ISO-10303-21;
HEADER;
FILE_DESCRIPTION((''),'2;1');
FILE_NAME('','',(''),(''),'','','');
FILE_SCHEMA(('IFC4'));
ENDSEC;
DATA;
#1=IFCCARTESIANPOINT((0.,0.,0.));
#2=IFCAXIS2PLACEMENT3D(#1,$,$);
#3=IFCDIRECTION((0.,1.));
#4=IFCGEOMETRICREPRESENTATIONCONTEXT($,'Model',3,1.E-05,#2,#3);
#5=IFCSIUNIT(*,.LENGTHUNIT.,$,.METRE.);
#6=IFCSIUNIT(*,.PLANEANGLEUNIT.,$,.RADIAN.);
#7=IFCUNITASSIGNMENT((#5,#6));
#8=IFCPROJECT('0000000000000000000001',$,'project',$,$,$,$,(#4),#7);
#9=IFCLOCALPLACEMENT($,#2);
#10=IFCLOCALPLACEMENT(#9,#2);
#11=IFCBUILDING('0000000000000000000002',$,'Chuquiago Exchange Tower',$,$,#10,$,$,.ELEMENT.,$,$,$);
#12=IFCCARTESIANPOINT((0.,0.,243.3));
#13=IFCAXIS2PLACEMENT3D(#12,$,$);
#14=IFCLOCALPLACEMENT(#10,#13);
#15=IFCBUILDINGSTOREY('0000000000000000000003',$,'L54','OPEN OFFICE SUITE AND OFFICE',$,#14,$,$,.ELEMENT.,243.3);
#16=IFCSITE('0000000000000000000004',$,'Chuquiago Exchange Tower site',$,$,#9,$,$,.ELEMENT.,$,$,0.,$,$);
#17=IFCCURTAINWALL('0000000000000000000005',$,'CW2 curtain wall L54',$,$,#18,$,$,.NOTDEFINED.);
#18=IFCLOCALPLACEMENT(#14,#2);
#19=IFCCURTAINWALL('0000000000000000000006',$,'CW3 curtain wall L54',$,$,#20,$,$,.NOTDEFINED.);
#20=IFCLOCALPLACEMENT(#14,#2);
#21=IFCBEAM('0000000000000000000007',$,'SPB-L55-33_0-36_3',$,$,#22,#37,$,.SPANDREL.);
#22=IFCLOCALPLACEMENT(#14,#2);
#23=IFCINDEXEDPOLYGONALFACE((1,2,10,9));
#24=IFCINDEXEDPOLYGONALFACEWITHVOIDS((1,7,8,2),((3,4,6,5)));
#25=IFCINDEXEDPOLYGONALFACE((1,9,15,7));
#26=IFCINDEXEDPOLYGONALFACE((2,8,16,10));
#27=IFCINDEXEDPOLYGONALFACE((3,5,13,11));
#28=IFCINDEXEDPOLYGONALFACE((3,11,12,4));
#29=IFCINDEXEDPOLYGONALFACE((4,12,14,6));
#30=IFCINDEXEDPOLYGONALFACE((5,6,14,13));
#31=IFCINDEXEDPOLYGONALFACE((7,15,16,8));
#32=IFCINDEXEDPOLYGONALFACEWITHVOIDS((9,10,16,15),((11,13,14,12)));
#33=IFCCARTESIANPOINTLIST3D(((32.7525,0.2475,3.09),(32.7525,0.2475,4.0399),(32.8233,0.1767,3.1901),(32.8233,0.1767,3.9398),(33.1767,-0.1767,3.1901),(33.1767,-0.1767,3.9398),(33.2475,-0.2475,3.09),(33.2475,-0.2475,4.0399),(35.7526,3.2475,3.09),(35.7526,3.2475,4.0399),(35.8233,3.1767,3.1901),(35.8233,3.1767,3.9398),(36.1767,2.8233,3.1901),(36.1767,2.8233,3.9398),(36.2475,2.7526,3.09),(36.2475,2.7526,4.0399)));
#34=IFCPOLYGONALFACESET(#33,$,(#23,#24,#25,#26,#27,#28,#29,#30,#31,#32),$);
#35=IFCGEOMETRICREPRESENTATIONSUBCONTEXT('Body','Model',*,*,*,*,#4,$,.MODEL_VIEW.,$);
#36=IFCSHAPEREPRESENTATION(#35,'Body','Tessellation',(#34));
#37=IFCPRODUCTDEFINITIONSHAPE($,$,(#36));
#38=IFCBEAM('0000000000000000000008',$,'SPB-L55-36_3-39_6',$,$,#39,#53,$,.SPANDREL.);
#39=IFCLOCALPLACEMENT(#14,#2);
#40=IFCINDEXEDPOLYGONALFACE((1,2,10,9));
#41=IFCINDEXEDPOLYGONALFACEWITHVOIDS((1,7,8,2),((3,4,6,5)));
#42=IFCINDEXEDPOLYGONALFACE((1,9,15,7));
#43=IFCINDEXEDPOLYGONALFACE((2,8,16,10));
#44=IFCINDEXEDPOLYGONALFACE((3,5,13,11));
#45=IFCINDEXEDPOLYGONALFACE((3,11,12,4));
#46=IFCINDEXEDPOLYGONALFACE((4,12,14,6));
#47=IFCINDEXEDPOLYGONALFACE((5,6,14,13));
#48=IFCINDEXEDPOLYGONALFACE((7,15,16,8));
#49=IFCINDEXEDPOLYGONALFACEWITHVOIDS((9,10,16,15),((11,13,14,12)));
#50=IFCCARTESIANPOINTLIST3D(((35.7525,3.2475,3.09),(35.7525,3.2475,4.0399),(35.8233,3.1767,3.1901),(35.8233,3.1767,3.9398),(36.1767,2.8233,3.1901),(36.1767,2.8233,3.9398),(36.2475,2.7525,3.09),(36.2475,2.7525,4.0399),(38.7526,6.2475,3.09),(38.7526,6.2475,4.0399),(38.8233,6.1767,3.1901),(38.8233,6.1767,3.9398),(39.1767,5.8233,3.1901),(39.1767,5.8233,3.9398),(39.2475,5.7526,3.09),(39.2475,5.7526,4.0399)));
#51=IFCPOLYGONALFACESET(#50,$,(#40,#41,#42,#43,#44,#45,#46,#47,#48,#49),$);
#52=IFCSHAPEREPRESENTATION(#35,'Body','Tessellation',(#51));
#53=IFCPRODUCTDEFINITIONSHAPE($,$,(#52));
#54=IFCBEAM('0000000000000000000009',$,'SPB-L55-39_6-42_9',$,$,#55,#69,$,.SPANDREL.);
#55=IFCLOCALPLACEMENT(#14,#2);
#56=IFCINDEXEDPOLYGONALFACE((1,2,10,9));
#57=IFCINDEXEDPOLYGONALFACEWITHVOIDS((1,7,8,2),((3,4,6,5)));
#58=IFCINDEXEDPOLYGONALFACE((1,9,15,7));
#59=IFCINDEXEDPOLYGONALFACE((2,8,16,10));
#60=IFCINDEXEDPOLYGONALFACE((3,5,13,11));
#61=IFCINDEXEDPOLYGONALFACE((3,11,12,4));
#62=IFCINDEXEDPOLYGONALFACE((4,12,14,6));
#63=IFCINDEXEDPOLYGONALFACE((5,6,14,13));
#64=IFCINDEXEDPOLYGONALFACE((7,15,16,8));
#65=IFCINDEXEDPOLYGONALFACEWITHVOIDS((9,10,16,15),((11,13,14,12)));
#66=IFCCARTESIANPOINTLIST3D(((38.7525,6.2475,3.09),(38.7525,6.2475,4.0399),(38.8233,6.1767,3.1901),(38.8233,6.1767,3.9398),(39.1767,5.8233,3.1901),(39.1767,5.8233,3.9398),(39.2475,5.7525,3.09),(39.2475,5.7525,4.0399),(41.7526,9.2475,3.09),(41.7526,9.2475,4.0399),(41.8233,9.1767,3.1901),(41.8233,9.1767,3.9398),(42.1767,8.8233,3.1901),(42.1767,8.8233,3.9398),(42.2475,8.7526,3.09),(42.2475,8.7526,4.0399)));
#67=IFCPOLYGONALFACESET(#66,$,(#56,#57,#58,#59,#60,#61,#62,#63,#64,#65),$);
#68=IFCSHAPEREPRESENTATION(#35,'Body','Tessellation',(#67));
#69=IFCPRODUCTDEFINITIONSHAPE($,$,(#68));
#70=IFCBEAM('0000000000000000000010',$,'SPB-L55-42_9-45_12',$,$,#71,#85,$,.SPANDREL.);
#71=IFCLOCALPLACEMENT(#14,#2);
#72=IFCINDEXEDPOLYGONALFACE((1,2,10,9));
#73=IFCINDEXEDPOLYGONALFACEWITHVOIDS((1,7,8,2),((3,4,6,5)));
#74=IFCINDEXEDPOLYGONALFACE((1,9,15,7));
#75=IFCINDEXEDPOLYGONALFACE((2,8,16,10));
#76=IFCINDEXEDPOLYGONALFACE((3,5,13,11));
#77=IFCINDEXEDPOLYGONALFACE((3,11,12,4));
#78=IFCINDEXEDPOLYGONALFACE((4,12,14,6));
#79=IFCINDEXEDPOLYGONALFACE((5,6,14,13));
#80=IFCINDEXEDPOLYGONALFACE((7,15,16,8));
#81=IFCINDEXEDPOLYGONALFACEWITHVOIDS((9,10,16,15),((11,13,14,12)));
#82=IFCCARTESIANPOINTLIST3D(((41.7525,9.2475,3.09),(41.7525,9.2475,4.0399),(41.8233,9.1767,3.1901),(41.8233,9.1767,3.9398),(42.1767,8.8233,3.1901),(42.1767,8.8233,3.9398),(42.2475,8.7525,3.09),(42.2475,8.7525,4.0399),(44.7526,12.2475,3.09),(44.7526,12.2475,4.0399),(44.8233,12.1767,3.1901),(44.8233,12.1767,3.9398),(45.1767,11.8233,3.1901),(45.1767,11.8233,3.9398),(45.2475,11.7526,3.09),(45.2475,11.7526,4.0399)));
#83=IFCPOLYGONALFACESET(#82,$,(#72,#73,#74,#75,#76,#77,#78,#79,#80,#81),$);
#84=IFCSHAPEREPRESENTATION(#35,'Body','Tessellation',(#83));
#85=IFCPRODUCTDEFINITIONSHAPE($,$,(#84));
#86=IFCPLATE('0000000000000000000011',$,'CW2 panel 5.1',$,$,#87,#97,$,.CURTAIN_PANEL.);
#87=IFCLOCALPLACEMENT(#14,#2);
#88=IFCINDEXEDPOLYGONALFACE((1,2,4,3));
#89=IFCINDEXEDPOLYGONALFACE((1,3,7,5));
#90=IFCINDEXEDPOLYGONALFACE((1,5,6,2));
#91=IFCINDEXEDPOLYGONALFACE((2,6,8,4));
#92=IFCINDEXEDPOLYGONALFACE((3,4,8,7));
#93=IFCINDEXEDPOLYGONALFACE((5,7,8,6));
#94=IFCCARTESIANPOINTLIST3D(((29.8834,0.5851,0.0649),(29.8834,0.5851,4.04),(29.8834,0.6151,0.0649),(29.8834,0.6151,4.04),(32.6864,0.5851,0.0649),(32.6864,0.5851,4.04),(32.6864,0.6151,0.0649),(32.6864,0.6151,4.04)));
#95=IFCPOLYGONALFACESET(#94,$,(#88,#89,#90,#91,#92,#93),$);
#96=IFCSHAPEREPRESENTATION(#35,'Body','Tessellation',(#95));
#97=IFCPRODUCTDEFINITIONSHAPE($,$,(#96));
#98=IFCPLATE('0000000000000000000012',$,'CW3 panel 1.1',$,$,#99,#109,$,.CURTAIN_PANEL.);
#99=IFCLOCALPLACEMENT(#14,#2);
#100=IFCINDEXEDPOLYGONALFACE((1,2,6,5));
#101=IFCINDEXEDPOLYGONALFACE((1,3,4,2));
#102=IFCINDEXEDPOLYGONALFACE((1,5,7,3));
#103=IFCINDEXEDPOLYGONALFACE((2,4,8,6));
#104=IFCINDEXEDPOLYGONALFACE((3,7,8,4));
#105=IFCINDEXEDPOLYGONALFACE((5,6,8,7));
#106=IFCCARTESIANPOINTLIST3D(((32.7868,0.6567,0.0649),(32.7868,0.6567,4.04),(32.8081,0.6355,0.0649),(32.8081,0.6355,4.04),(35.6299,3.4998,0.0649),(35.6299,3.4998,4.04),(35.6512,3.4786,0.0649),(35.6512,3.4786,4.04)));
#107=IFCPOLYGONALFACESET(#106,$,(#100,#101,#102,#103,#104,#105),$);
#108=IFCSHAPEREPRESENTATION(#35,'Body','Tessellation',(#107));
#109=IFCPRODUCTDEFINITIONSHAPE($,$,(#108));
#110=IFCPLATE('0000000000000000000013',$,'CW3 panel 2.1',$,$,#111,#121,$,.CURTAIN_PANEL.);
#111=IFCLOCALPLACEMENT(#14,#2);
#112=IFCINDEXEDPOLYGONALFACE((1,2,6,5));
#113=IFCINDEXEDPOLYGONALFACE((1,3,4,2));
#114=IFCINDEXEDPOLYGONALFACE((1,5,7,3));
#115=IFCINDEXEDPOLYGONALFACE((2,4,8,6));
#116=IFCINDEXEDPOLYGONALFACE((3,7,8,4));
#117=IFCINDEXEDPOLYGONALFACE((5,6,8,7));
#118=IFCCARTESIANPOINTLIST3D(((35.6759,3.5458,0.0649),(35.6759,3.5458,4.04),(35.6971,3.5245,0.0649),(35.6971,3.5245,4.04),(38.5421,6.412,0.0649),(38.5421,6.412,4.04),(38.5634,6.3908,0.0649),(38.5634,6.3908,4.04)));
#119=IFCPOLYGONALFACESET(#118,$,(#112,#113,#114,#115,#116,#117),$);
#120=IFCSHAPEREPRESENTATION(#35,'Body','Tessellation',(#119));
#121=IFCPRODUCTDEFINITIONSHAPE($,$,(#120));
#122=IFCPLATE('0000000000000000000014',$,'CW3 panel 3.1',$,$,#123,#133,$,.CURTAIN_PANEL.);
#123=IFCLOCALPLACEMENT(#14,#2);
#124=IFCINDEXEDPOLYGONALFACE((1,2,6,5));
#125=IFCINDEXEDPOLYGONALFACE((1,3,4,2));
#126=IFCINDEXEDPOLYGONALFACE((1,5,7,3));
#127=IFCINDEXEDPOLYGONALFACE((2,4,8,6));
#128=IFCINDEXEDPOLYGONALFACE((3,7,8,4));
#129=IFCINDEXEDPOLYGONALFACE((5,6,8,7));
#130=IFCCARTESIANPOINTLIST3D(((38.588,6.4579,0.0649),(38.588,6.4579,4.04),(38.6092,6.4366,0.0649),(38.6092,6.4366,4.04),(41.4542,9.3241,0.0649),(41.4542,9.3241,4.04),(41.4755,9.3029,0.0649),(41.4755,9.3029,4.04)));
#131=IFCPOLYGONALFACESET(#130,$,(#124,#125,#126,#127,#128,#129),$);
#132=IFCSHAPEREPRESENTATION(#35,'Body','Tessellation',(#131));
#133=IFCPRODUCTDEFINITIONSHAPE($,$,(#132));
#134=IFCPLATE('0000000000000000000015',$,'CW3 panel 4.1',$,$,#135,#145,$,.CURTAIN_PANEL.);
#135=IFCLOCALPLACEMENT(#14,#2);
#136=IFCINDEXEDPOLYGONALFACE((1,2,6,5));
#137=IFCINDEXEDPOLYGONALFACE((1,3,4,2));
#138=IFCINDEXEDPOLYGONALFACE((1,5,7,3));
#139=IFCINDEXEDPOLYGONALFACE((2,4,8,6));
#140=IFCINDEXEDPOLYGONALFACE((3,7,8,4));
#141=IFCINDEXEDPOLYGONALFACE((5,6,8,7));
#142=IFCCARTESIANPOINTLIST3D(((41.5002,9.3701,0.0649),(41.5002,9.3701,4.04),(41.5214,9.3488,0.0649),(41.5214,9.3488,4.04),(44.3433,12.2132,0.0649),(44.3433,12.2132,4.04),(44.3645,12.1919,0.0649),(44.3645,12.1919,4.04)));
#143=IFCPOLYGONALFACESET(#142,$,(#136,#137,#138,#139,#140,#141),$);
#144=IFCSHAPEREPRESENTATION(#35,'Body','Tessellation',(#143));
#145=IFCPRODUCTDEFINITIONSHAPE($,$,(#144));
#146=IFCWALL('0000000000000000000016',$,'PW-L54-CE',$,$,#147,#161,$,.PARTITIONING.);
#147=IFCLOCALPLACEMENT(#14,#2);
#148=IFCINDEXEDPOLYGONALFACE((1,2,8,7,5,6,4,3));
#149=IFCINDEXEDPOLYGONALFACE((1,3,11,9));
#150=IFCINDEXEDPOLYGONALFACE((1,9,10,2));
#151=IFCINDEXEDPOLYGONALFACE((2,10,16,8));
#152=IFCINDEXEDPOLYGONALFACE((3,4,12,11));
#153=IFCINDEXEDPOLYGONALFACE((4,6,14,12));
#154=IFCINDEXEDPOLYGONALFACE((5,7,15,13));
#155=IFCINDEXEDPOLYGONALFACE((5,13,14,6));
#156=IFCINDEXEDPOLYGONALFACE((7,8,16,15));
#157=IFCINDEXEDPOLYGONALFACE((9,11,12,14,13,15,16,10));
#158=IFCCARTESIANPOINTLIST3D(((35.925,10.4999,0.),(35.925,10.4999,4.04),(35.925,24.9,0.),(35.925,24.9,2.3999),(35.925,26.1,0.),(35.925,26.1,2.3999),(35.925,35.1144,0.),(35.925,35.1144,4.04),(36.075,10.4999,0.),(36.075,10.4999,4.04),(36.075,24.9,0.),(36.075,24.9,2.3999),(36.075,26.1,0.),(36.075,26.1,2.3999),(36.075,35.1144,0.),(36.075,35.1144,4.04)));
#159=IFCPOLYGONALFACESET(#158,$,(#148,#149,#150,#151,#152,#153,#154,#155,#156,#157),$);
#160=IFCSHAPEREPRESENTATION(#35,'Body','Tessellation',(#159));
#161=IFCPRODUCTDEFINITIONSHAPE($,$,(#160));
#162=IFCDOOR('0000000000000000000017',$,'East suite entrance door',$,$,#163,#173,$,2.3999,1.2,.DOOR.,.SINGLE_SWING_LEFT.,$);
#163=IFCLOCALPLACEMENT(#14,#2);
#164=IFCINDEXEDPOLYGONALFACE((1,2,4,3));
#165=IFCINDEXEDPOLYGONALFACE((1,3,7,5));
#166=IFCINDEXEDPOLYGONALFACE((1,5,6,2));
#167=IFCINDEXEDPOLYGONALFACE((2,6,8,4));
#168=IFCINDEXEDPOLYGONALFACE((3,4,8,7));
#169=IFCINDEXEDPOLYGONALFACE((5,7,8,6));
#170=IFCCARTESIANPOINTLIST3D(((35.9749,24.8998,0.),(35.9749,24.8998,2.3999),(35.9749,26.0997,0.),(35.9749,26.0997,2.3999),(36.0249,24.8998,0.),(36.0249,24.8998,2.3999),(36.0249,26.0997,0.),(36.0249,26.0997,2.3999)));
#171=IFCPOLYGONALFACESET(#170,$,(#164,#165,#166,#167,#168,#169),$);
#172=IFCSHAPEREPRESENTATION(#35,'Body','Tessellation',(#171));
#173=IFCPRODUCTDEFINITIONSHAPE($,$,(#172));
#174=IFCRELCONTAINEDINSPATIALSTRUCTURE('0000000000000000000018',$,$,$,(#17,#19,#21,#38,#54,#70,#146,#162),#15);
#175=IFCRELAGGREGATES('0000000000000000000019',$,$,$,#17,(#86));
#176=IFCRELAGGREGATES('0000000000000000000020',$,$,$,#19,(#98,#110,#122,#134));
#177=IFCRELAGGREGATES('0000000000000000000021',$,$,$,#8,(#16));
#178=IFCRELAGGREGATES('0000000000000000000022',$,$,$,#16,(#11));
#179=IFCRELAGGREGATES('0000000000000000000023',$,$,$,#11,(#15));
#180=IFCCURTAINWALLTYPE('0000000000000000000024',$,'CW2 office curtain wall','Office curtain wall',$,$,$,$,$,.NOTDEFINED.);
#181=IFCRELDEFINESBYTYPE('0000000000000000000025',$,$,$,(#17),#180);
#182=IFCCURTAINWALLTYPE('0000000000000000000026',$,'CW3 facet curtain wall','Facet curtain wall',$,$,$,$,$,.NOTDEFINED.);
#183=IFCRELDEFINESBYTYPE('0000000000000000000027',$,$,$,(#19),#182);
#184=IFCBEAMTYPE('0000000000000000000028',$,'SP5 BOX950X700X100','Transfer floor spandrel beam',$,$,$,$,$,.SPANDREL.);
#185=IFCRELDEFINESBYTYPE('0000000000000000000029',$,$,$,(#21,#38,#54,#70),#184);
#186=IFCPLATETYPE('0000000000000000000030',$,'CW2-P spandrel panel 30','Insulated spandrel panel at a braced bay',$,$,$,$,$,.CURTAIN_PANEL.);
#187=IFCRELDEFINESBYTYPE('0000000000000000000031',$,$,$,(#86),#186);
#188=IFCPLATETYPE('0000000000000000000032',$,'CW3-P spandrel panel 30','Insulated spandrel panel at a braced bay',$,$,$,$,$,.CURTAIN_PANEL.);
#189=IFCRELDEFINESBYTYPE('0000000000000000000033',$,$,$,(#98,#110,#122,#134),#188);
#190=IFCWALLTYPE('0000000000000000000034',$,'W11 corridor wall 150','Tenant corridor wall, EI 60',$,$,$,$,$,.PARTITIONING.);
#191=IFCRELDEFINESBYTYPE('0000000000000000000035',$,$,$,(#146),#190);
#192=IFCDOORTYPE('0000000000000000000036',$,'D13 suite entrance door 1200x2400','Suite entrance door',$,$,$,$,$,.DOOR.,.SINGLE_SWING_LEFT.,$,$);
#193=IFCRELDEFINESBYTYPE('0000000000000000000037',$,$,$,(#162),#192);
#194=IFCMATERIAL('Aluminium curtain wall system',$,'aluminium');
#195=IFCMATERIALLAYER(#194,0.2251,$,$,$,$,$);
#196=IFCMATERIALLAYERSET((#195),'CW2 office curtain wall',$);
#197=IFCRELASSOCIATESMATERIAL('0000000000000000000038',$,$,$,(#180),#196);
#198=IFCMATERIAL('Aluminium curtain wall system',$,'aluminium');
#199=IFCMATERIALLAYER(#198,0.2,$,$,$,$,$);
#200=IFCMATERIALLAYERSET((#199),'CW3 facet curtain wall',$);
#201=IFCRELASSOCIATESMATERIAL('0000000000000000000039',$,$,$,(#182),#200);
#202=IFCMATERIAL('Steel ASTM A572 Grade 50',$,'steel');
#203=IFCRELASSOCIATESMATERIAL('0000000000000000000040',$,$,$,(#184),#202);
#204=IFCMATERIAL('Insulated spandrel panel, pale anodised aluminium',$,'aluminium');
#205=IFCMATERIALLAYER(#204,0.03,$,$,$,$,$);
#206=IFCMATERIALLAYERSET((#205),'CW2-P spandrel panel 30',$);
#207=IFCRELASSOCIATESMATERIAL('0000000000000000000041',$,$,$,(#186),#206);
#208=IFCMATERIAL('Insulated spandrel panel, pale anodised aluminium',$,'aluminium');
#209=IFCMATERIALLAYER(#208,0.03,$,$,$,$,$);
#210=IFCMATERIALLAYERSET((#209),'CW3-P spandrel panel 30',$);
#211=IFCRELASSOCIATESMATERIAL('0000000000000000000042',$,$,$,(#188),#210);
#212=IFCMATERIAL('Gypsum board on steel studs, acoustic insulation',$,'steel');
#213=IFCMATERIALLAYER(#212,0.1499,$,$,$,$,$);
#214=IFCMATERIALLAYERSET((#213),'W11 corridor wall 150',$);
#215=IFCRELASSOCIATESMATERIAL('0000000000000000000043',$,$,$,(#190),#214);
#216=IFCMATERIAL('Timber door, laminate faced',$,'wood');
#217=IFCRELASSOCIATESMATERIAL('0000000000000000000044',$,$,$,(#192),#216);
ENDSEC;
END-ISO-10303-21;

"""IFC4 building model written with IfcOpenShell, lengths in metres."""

from ifc_helpers import new_model, si_unit, direction, frame, frame_2d, origin, origin_2d, place, context, subcontext, project, spatial, rectangle, hollow_rectangle, extrude, material, layer, layer_set, material_profile, profile_set, type_object, element, fill, aggregate, save


model = new_model("IFC4")

# Units and contexts
model_context = context("Model", 3, precision=1e-05, world=origin(), true_north=direction((0.0, 1.0)))
body_context = subcontext(model_context, "Body", "Model", "MODEL_VIEW")
ifc_project = project(units=[si_unit("LENGTHUNIT", "METRE"), si_unit("PLANEANGLEUNIT", "RADIAN")], contexts=[model_context])

# Site, building, storey
site_placement = place(None, origin())
site = spatial("IfcSite", under=ifc_project, at=site_placement, Name="Chuquiago Exchange Tower site", CompositionType="ELEMENT", RefElevation=0.0)
building_placement = place(site_placement, origin())
building = spatial("IfcBuilding", under=site, at=building_placement, Name="Chuquiago Exchange Tower", CompositionType="ELEMENT")
storey_placement = place(building_placement, frame((0.0, 0.0, 243.3)))
storey = spatial("IfcBuildingStorey", under=building, at=storey_placement, Name="L54", Description="OPEN OFFICE SUITE AND OFFICE", CompositionType="ELEMENT", Elevation=243.3)

# Curtain wall
ifc_material_1 = material(Name="Aluminium curtain wall system", Category="aluminium")
ifc_layer_1 = layer(ifc_material_1, 0.2251)
ifc_layer_set_1 = layer_set([ifc_layer_1], Name="CW2 office curtain wall")
curtain_wall_type_1 = type_object("IfcCurtainWallType", Name="CW2 office curtain wall", Description="Office curtain wall", PredefinedType="NOTDEFINED", material=ifc_layer_set_1)
curtain_wall_1_placement = place(storey_placement, origin())
curtain_wall_1 = element("IfcCurtainWall", 1, at=curtain_wall_1_placement, inside=storey, type_object=curtain_wall_type_1, Name="CW2 curtain wall L54", PredefinedType="NOTDEFINED")

# Curtain wall
ifc_material_2 = material(Name="Aluminium curtain wall system", Category="aluminium")
ifc_layer_2 = layer(ifc_material_2, 0.2)
ifc_layer_set_2 = layer_set([ifc_layer_2], Name="CW3 facet curtain wall")
curtain_wall_type_2 = type_object("IfcCurtainWallType", Name="CW3 facet curtain wall", Description="Facet curtain wall", PredefinedType="NOTDEFINED", material=ifc_layer_set_2)
curtain_wall_2_placement = place(storey_placement, origin())
curtain_wall_2 = element("IfcCurtainWall", 2, at=curtain_wall_2_placement, inside=storey, type_object=curtain_wall_type_2, Name="CW3 curtain wall L54", PredefinedType="NOTDEFINED")

# Beams
ifc_material_3 = material(Name="Steel ASTM A572 Grade 50", Category="steel")
ifc_material_profile_1 = material_profile(ifc_material_3, hollow_rectangle(XDim=0.7, YDim=0.95, WallThickness=0.1001, at=origin_2d()), Name="BOX950X700X100")
ifc_profile_set_1 = profile_set([ifc_material_profile_1], Name="Steel ASTM A572 Grade 50")
beam_type_1 = type_object("IfcBeamType", Name="SP5 BOX950X700X100", Description="Transfer floor spandrel beam", PredefinedType="SPANDREL", material=ifc_profile_set_1)
for number, where, z_axis, x_axis, name in (
    (3, (33.0, 0.0, 3.5649), (0.707107, 0.707107, 0.0), (-0.707107, 0.707107, 0.0), "SPB-L55-33_0-36_3"),
    (4, (36.0, 3.0, 3.5649), (0.707107, 0.707107, 0.0), (-0.707107, 0.707107, 0.0), "SPB-L55-36_3-39_6"),
    (5, (39.0, 6.0, 3.5649), (0.707107, 0.707107, 0.0), (-0.707107, 0.707107, 0.0), "SPB-L55-39_6-42_9"),
    (6, (42.0, 9.0, 3.5649), (0.707107, 0.707107, 0.0), (-0.707107, 0.707107, 0.0), "SPB-L55-42_9-45_12"),
):
    element("IfcBeam", number, at=place(storey_placement, frame(where, z_axis=z_axis, x_axis=x_axis)), inside=storey, type_object=beam_type_1, Name=name, PredefinedType="SPANDREL", context=body_context, shape_type="SweptSolid", body=[
        extrude(hollow_rectangle(XDim=0.7, YDim=0.95, WallThickness=0.1001, at=origin_2d()), origin(), (0.0, 0.0, 1.0), 4.2427),
    ])

# Plates
ifc_material_4 = material(Name="Insulated spandrel panel, pale anodised aluminium", Category="aluminium")
ifc_layer_3 = layer(ifc_material_4, 0.03)
ifc_layer_set_3 = layer_set([ifc_layer_3], Name="CW2-P spandrel panel 30")
plate_type_1 = type_object("IfcPlateType", Name="CW2-P spandrel panel 30", Description="Insulated spandrel panel at a braced bay", PredefinedType="CURTAIN_PANEL", material=ifc_layer_set_3)
plate_1_placement = place(storey_placement, frame((31.2849, 0.6001, 0.0649), z_axis=(0.0, 0.0, 1.0), x_axis=(1.0, 0.0, 0.0)))
plate_1 = element("IfcPlate", 7, at=plate_1_placement, type_object=plate_type_1, Name="CW2 panel 5.1", PredefinedType="CURTAIN_PANEL", context=body_context, shape_type="SweptSolid", body=[
    extrude(rectangle(XDim=2.803, YDim=0.03, at=origin_2d()), origin(), (0.0, 0.0, 1.0), 3.9751),
])
aggregate(curtain_wall_1, [plate_1])
ifc_material_5 = material(Name="Insulated spandrel panel, pale anodised aluminium", Category="aluminium")
ifc_layer_4 = layer(ifc_material_5, 0.03)
ifc_layer_set_4 = layer_set([ifc_layer_4], Name="CW3-P spandrel panel 30")
plate_type_2 = type_object("IfcPlateType", Name="CW3-P spandrel panel 30", Description="Insulated spandrel panel at a braced bay", PredefinedType="CURTAIN_PANEL", material=ifc_layer_set_4)
plate_2_placement = place(storey_placement, frame((34.219, 2.0676, 0.0649), z_axis=(0.0, 0.0, 1.0), x_axis=(0.707107, 0.707107, 0.0)))
plate_2 = element("IfcPlate", 8, at=plate_2_placement, type_object=plate_type_2, Name="CW3 panel 1.1", PredefinedType="CURTAIN_PANEL", context=body_context, shape_type="SweptSolid", body=[
    extrude(rectangle(XDim=4.0208, YDim=0.03, at=origin_2d()), origin(), (0.0, 0.0, 1.0), 3.9751),
])
plate_3_placement = place(storey_placement, frame((37.1196, 4.9683, 0.0649), z_axis=(0.0, 0.0, 1.0), x_axis=(0.707107, 0.707107, 0.0)))
plate_3 = element("IfcPlate", 9, at=plate_3_placement, type_object=plate_type_2, Name="CW3 panel 2.1", PredefinedType="CURTAIN_PANEL", context=body_context, shape_type="SweptSolid", body=[
    extrude(rectangle(XDim=4.0535, YDim=0.03, at=origin_2d()), origin(), (0.0, 0.0, 1.0), 3.9751),
])
plate_4_placement = place(storey_placement, frame((40.0317, 7.8804, 0.0649), z_axis=(0.0, 0.0, 1.0), x_axis=(0.707107, 0.707107, 0.0)))
plate_4 = element("IfcPlate", 10, at=plate_4_placement, type_object=plate_type_2, Name="CW3 panel 3.1", PredefinedType="CURTAIN_PANEL", context=body_context, shape_type="SweptSolid", body=[
    extrude(rectangle(XDim=4.0535, YDim=0.03, at=origin_2d()), origin(), (0.0, 0.0, 1.0), 3.9751),
])
plate_5_placement = place(storey_placement, frame((42.9324, 10.781, 0.0649), z_axis=(0.0, 0.0, 1.0), x_axis=(0.707107, 0.707107, 0.0)))
plate_5 = element("IfcPlate", 11, at=plate_5_placement, type_object=plate_type_2, Name="CW3 panel 4.1", PredefinedType="CURTAIN_PANEL", context=body_context, shape_type="SweptSolid", body=[
    extrude(rectangle(XDim=4.0208, YDim=0.03, at=origin_2d()), origin(), (0.0, 0.0, 1.0), 3.9751),
])
aggregate(curtain_wall_2, [plate_2, plate_3, plate_4, plate_5])

# Wall, opening, door
ifc_material_6 = material(Name="Gypsum board on steel studs, acoustic insulation", Category="steel")
ifc_layer_5 = layer(ifc_material_6, 0.1499)
ifc_layer_set_5 = layer_set([ifc_layer_5], Name="W11 corridor wall 150")
wall_type = type_object("IfcWallType", Name="W11 corridor wall 150", Description="Tenant corridor wall, EI 60", PredefinedType="PARTITIONING", material=ifc_layer_set_5)
wall_placement = place(storey_placement, frame((36.0, 10.5, 0.0), z_axis=(0.0, 0.0, 1.0), x_axis=(0.0, 1.0, 0.0)))
wall = element("IfcWall", 12, at=wall_placement, inside=storey, type_object=wall_type, Name="PW-L54-CE", PredefinedType="PARTITIONING", context=body_context, shape_type="SweptSolid", body=[
    extrude(rectangle(XDim=24.6145, YDim=0.1499, at=frame_2d((12.3071, 0.0))), origin(), (0.0, 0.0, 1.0), 4.04),
])
opening_placement = place(wall_placement, frame((14.3999, 0.0, 0.0)))
opening = element("IfcOpeningElement", 13, at=opening_placement, cuts=wall, PredefinedType="OPENING", context=body_context, shape_type="SweptSolid", body=[
    extrude(rectangle(XDim=1.2, YDim=2.3999, at=frame_2d((0.6001, 1.2))), frame((0.0, 0.085, 0.0), z_axis=(0.0, -1.0, 0.0), x_axis=(1.0, 0.0, 0.0)), (0.0, 0.0, 1.0), 0.1699),
])
ifc_material_7 = material(Name="Timber door, laminate faced", Category="wood")
door_type = type_object("IfcDoorType", Name="D13 suite entrance door 1200x2400", Description="Suite entrance door", OperationType="SINGLE_SWING_LEFT", PredefinedType="DOOR", material=ifc_material_7)
door_placement = place(opening_placement, frame((1.2, 0.0, 0.0), z_axis=(0.0, 0.0, 1.0), x_axis=(-1.0, 0.0, 0.0)))
door = element("IfcDoor", 14, at=door_placement, inside=storey, type_object=door_type, Name="East suite entrance door", OperationType="SINGLE_SWING_LEFT", OverallHeight=2.3999, OverallWidth=1.2, PredefinedType="DOOR", context=body_context, shape_type="SweptSolid", body=[
    extrude(rectangle(XDim=1.2, YDim=2.3999, at=frame_2d((0.6001, 1.2))), frame((0.0, 0.0249, 0.0), z_axis=(0.0, -1.0, 0.0), x_axis=(1.0, 0.0, 0.0)), (0.0, 0.0, 1.0), 0.05),
])
fill(opening, door)

save(model, "model.ifc")
